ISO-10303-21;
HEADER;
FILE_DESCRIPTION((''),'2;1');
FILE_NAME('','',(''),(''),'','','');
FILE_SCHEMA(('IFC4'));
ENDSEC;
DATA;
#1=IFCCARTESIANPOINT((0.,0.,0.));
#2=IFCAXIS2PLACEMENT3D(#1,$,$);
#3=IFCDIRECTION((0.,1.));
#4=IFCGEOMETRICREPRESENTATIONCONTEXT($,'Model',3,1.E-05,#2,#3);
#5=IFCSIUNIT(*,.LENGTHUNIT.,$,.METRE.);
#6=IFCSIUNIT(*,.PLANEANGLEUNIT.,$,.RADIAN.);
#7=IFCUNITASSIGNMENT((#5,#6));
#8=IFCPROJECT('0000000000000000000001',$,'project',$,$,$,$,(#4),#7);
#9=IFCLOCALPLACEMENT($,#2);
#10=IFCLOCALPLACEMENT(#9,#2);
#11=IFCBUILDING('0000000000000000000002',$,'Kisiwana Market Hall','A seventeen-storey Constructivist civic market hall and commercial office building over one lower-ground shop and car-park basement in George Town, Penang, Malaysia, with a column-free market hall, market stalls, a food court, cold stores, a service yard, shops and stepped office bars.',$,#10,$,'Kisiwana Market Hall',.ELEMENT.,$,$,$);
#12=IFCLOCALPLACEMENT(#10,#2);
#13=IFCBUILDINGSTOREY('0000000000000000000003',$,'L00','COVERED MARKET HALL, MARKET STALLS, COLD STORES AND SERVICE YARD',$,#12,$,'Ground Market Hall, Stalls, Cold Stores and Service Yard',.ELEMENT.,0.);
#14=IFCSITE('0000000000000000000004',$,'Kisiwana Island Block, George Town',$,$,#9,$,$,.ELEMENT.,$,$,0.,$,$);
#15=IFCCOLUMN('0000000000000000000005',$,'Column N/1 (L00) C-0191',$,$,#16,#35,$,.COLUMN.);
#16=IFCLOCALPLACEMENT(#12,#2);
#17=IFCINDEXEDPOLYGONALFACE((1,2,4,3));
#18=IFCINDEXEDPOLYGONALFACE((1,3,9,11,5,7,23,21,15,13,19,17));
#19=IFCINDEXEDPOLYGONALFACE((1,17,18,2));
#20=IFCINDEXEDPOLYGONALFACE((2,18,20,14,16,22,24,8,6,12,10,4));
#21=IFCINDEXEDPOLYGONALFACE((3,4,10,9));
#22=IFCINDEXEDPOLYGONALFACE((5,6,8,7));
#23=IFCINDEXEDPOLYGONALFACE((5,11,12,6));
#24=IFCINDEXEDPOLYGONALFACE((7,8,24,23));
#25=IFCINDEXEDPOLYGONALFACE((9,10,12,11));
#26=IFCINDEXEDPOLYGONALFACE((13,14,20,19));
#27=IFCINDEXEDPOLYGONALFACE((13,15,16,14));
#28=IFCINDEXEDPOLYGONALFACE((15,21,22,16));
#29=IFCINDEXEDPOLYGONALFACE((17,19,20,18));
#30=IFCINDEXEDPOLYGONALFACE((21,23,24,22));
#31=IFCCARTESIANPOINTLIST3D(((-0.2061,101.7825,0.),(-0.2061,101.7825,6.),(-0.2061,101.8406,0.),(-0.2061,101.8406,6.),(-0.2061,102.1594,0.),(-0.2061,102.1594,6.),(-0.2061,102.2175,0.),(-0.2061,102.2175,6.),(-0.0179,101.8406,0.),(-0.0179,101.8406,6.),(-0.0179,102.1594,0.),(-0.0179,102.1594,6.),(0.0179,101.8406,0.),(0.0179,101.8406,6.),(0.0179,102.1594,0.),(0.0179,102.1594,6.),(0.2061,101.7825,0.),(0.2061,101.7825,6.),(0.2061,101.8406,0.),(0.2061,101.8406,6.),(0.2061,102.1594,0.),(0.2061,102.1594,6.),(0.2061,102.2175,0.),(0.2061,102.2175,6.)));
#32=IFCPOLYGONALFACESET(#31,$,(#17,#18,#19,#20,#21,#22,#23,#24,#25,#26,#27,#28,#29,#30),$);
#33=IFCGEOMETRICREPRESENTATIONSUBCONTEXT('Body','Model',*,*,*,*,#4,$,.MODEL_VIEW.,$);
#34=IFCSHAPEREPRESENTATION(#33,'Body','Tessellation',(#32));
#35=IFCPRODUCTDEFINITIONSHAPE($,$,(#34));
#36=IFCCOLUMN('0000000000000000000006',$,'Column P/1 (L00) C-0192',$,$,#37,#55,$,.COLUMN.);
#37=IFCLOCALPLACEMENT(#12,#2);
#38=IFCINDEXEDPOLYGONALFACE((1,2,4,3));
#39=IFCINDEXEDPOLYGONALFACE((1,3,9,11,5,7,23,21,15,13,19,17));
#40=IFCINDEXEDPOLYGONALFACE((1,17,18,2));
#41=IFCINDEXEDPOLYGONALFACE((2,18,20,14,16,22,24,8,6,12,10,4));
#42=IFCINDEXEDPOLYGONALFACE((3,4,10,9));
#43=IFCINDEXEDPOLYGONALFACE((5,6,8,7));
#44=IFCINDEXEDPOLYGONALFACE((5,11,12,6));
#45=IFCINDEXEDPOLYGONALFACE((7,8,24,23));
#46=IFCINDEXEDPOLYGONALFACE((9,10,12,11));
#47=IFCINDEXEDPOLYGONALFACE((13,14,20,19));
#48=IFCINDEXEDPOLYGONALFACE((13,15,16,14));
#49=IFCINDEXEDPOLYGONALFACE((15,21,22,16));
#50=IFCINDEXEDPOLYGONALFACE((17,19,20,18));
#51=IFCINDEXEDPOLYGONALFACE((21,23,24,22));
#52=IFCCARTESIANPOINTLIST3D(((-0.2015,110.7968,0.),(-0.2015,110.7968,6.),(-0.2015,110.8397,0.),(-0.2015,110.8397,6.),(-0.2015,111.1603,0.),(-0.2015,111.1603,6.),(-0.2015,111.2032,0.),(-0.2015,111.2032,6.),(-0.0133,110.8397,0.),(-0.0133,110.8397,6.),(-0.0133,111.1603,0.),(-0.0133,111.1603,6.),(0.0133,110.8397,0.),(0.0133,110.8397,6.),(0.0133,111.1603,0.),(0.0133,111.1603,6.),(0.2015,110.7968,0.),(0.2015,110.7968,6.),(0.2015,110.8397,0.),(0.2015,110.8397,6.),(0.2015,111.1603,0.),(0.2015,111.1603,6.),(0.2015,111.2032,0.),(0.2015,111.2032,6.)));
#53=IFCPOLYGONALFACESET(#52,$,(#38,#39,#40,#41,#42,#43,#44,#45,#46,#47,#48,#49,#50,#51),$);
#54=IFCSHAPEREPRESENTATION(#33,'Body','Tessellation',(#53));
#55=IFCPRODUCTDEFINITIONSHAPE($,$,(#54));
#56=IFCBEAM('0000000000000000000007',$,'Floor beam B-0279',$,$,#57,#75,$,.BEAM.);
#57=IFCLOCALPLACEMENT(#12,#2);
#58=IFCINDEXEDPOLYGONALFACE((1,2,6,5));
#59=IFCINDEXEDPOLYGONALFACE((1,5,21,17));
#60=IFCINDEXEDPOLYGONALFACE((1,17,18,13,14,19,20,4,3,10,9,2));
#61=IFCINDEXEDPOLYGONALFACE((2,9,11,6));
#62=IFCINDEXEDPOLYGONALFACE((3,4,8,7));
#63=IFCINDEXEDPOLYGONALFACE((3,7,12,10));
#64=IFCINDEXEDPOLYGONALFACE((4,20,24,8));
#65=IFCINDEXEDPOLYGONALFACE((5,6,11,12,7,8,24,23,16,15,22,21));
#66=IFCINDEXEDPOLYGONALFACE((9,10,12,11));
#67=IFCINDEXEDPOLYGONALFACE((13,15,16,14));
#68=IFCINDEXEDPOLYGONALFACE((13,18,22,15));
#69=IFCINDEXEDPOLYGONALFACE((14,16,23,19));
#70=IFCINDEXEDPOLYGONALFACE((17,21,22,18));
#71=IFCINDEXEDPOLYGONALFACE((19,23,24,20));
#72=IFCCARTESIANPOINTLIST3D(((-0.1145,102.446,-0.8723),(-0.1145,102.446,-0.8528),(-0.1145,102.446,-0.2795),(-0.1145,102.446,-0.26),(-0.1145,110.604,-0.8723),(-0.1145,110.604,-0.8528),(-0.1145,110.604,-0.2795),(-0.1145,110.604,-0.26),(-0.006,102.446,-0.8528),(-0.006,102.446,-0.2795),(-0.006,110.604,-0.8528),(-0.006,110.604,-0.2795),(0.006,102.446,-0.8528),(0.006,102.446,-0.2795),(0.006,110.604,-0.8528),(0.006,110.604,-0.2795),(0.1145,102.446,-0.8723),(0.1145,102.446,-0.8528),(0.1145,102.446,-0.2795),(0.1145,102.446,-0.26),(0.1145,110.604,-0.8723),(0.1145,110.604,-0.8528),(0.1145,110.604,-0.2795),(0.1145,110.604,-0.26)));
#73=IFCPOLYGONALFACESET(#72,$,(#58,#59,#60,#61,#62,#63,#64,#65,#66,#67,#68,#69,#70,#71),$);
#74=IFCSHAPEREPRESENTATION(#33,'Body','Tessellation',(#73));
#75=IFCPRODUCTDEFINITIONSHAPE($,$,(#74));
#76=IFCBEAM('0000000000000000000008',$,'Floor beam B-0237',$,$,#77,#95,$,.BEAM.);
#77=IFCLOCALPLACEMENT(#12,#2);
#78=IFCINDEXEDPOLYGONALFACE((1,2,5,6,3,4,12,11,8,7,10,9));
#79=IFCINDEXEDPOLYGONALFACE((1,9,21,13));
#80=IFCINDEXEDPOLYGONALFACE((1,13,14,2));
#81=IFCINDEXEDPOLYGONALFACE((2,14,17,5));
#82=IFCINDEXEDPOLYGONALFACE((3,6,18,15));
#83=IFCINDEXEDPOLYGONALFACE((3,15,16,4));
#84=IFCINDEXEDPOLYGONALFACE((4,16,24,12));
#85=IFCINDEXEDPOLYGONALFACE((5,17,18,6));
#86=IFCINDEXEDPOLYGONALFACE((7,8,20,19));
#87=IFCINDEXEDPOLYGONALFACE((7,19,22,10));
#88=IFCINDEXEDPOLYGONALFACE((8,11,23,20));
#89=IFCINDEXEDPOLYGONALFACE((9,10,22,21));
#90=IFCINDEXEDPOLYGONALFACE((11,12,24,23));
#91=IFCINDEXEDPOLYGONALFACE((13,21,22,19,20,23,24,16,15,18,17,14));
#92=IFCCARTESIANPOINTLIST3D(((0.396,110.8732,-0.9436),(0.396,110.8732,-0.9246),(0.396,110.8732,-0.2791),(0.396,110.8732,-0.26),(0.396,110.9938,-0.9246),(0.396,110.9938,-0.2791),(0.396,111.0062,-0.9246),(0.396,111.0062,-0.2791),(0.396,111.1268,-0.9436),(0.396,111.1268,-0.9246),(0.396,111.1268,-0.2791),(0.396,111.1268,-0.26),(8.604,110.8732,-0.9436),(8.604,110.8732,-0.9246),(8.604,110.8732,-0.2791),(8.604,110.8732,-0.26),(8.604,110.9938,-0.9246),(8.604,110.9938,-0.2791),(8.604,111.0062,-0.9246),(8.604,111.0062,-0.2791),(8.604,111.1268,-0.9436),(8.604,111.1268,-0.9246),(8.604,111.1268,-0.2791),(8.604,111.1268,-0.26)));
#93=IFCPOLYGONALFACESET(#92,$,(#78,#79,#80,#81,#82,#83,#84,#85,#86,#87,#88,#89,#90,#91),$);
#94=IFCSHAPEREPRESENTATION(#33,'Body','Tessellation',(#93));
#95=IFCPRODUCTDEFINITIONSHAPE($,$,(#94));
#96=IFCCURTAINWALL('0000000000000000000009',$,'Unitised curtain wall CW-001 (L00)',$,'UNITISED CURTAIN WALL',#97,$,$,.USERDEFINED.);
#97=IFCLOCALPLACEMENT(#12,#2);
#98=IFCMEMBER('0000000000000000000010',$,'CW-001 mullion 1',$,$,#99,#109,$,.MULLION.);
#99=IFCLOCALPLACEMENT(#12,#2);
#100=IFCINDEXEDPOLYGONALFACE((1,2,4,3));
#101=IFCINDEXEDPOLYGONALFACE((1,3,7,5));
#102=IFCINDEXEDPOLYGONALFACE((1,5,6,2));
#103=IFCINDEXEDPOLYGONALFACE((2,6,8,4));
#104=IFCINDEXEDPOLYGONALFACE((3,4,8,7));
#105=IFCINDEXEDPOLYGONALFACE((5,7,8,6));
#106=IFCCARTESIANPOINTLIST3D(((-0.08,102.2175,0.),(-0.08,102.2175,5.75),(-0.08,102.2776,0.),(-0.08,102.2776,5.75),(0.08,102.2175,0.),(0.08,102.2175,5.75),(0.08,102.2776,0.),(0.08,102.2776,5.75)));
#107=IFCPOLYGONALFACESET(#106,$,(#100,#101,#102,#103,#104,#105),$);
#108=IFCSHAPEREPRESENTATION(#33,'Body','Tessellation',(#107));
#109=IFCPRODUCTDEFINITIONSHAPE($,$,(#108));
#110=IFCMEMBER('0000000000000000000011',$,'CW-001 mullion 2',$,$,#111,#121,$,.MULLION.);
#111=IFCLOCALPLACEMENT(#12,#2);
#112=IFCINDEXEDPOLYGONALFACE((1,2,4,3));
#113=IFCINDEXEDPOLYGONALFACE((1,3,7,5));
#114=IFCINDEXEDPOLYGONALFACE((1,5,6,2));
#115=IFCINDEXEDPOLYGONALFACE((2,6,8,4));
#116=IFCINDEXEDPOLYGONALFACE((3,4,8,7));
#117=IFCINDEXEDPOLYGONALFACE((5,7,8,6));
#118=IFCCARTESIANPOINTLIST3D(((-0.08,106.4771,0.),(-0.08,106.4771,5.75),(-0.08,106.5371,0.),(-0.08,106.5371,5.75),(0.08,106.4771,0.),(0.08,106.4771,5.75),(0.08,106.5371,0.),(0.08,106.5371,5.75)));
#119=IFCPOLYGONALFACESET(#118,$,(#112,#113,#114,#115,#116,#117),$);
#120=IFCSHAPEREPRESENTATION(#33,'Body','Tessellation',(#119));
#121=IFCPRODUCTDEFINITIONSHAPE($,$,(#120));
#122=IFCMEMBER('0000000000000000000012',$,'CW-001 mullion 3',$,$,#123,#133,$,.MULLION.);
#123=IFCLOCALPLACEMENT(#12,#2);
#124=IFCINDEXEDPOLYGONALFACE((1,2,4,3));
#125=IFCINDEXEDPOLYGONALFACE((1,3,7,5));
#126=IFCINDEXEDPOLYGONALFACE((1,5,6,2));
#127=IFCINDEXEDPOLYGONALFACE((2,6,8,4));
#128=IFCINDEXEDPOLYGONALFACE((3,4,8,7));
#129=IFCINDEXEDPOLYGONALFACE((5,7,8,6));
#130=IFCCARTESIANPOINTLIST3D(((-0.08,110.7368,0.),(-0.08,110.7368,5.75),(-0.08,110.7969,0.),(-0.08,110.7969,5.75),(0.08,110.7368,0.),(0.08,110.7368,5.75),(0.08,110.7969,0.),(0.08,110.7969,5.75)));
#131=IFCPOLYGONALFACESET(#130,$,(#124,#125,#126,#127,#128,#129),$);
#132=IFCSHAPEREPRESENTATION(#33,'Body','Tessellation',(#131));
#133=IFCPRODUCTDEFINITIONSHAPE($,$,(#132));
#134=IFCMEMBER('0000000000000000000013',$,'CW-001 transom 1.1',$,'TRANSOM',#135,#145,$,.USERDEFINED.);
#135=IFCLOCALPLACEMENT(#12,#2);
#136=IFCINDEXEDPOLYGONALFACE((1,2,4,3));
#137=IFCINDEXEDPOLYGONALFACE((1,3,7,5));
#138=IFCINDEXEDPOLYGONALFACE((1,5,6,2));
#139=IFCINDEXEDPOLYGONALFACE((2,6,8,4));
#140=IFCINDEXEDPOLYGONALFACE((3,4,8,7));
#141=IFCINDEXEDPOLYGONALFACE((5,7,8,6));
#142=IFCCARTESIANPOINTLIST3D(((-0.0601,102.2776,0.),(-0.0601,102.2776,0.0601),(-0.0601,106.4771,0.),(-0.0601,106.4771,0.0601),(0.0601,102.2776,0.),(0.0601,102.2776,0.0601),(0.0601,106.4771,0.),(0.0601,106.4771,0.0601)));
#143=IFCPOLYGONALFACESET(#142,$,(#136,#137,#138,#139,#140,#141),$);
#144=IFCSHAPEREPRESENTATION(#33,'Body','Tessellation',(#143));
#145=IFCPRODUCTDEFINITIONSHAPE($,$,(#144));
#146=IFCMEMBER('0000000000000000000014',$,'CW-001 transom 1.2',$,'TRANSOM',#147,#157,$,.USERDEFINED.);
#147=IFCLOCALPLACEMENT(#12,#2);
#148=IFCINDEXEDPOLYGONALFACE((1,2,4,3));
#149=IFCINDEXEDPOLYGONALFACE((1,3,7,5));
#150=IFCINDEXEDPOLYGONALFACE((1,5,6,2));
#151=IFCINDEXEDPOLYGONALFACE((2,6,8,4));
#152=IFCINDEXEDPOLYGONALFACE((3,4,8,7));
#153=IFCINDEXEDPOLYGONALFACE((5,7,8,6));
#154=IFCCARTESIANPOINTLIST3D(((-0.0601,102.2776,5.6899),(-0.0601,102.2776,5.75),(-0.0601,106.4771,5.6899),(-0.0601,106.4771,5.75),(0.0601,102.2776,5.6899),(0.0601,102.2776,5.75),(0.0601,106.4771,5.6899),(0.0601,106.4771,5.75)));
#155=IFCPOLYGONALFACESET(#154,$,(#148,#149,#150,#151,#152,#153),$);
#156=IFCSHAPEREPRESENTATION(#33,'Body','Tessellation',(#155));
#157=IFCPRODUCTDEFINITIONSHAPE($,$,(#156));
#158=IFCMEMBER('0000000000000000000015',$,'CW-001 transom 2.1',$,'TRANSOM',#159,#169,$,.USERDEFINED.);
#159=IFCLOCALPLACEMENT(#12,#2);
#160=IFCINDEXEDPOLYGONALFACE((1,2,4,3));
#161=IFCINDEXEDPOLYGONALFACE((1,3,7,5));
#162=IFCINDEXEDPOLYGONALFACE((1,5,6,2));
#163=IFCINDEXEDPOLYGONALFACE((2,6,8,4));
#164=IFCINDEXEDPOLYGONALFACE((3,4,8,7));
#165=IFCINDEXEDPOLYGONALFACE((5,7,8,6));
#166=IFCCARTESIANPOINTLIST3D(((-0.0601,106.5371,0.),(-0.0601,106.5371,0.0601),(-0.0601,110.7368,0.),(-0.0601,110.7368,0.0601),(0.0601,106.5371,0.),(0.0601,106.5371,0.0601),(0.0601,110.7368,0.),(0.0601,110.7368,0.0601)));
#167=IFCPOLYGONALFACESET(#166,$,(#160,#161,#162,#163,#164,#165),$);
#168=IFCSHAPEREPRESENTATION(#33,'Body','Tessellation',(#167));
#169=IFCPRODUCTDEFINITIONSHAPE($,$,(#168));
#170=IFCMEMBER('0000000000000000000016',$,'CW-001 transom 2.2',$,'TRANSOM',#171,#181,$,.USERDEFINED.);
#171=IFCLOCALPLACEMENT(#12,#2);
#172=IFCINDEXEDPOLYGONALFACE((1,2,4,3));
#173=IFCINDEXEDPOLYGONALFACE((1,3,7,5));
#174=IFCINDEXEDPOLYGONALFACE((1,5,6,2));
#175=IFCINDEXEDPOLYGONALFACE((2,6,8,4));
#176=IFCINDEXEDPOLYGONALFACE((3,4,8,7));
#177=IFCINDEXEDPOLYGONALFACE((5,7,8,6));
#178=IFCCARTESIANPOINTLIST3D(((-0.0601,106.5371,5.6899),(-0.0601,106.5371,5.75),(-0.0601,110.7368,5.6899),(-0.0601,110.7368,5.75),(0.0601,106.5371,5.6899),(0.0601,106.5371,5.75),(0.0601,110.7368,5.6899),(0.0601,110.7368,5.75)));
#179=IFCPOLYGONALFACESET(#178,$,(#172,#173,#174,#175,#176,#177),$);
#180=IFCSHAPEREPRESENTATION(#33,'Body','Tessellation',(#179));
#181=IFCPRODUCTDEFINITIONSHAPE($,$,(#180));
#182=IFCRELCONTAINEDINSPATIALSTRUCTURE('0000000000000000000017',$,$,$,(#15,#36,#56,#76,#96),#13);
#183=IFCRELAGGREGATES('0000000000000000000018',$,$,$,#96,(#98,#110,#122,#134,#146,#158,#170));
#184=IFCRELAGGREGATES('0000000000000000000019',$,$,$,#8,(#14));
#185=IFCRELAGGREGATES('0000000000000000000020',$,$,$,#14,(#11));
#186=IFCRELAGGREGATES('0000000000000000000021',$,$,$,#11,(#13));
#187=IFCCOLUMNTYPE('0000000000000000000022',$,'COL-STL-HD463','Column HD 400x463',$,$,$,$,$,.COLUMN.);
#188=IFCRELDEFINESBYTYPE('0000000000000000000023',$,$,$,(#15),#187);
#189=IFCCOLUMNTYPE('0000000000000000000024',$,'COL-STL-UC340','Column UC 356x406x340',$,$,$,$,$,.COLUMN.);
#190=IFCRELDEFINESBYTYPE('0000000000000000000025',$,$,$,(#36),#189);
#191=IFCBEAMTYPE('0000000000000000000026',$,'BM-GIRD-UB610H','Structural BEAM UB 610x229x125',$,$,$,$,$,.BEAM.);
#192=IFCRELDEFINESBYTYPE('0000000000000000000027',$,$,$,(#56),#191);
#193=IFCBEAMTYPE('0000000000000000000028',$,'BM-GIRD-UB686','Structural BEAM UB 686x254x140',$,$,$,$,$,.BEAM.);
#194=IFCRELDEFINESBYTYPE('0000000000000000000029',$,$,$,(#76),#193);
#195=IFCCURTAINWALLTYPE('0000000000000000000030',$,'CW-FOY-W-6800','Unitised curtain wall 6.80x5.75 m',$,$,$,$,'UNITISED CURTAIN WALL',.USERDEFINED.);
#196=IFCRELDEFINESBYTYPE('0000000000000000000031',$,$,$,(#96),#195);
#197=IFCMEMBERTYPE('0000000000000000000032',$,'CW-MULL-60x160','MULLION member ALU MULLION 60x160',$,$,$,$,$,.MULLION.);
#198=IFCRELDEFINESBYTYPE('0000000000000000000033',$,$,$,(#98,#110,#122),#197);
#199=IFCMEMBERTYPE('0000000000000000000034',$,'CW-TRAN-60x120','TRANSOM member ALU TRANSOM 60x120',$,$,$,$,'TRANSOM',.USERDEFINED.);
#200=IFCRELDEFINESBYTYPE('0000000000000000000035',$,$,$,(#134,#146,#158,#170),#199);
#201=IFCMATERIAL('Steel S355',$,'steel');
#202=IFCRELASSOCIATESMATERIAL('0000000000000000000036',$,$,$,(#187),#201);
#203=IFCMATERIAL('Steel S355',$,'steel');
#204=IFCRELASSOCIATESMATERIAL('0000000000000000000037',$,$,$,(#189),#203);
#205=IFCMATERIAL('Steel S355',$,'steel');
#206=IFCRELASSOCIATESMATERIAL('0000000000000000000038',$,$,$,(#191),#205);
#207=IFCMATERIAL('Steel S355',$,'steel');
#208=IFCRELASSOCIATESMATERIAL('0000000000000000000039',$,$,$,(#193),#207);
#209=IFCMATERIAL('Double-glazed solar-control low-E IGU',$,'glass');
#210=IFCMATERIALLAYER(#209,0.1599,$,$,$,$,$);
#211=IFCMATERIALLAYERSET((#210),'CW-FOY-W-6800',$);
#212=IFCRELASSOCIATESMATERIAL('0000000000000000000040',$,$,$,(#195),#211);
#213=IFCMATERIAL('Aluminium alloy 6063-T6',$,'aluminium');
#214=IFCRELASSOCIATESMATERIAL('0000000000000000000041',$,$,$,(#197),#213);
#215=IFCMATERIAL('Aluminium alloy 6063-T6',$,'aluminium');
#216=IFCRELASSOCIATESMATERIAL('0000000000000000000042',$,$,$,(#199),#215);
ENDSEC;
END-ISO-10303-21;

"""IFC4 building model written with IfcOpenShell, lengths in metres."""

from ifc_helpers import new_model, si_unit, direction, frame, origin, origin_2d, place, context, subcontext, project, spatial, rectangle, i_section, extrude, material, layer, layer_set, material_profile, profile_set, type_object, element, aggregate, save


model = new_model("IFC4")

# Units and contexts
model_context = context("Model", 3, precision=1e-05, world=origin(), true_north=direction((0.0, 1.0)))
body_context = subcontext(model_context, "Body", "Model", "MODEL_VIEW")
ifc_project = project(units=[si_unit("LENGTHUNIT", "METRE"), si_unit("PLANEANGLEUNIT", "RADIAN")], contexts=[model_context])

# Site, building, storey
site_placement = place(None, origin())
site = spatial("IfcSite", under=ifc_project, at=site_placement, Name="Kisiwana Island Block, George Town", CompositionType="ELEMENT", RefElevation=0.0)
building_placement = place(site_placement, origin())
building = spatial("IfcBuilding", under=site, at=building_placement, Name="Kisiwana Market Hall", Description="A seventeen-storey Constructivist civic market hall and commercial office building over one lower-ground shop and car-park basement in George Town, Penang, Malaysia, with a column-free market hall, market stalls, a food court, cold stores, a service yard, shops and stepped office bars.", LongName="Kisiwana Market Hall", CompositionType="ELEMENT")
storey_placement = place(building_placement, origin())
storey = spatial("IfcBuildingStorey", under=building, at=storey_placement, Name="L00", Description="COVERED MARKET HALL, MARKET STALLS, COLD STORES AND SERVICE YARD", LongName="Ground Market Hall, Stalls, Cold Stores and Service Yard", CompositionType="ELEMENT", Elevation=0.0)

# Columns
ifc_material_1 = material(Name="Steel S355", Category="steel")
ifc_material_profile_1 = material_profile(ifc_material_1, i_section(OverallWidth=0.4121, OverallDepth=0.4351, WebThickness=0.0359, FlangeThickness=0.0581, at=origin_2d()), Name="HD 400x463")
ifc_profile_set_1 = profile_set([ifc_material_profile_1], Name="Steel S355")
column_type_1 = type_object("IfcColumnType", Name="COL-STL-HD463", Description="Column HD 400x463", PredefinedType="COLUMN", material=ifc_profile_set_1)
column_1_placement = place(storey_placement, frame((0.0, 102.0, 0.0), z_axis=(0.0, 0.0, 1.0), x_axis=(1.0, 0.0, 0.0)))
element("IfcColumn", 1, at=column_1_placement, inside=storey, type_object=column_type_1, Name="Column N/1 (L00) C-0191", PredefinedType="COLUMN", context=body_context, shape_type="SweptSolid", body=[
    extrude(i_section(OverallWidth=0.4121, OverallDepth=0.4351, WebThickness=0.0359, FlangeThickness=0.0581, at=origin_2d()), origin(), (0.0, 0.0, 1.0), 6.0),
])
ifc_material_2 = material(Name="Steel S355", Category="steel")
ifc_material_profile_2 = material_profile(ifc_material_2, i_section(OverallWidth=0.4031, OverallDepth=0.4065, WebThickness=0.0266, FlangeThickness=0.043, at=origin_2d()), Name="UC 356x406x340")
ifc_profile_set_2 = profile_set([ifc_material_profile_2], Name="Steel S355")
column_type_2 = type_object("IfcColumnType", Name="COL-STL-UC340", Description="Column UC 356x406x340", PredefinedType="COLUMN", material=ifc_profile_set_2)
column_2_placement = place(storey_placement, frame((0.0, 111.0, 0.0), z_axis=(0.0, 0.0, 1.0), x_axis=(1.0, 0.0, 0.0)))
element("IfcColumn", 2, at=column_2_placement, inside=storey, type_object=column_type_2, Name="Column P/1 (L00) C-0192", PredefinedType="COLUMN", context=body_context, shape_type="SweptSolid", body=[
    extrude(i_section(OverallWidth=0.4031, OverallDepth=0.4065, WebThickness=0.0266, FlangeThickness=0.043, at=origin_2d()), origin(), (0.0, 0.0, 1.0), 6.0),
])

# Beams
ifc_material_3 = material(Name="Steel S355", Category="steel")
ifc_material_profile_3 = material_profile(ifc_material_3, i_section(OverallWidth=0.229, OverallDepth=0.6123, WebThickness=0.012, FlangeThickness=0.0195, at=origin_2d()), Name="UB 610x229x125")
ifc_profile_set_3 = profile_set([ifc_material_profile_3], Name="Steel S355")
beam_type_1 = type_object("IfcBeamType", Name="BM-GIRD-UB610H", Description="Structural BEAM UB 610x229x125", PredefinedType="BEAM", material=ifc_profile_set_3)
beam_1_placement = place(storey_placement, frame((0.0, 102.446, -0.5662), z_axis=(0.0, 1.0, 0.0), x_axis=(-1.0, 0.0, 0.0)))
element("IfcBeam", 3, at=beam_1_placement, inside=storey, type_object=beam_type_1, Name="Floor beam B-0279", PredefinedType="BEAM", context=body_context, shape_type="SweptSolid", body=[
    extrude(i_section(OverallWidth=0.229, OverallDepth=0.6123, WebThickness=0.012, FlangeThickness=0.0195, at=origin_2d()), origin(), (0.0, 0.0, 1.0), 8.158),
])
ifc_material_4 = material(Name="Steel S355", Category="steel")
ifc_material_profile_4 = material_profile(ifc_material_4, i_section(OverallWidth=0.2537, OverallDepth=0.6836, WebThickness=0.0125, FlangeThickness=0.019, at=origin_2d()), Name="UB 686x254x140")
ifc_profile_set_4 = profile_set([ifc_material_profile_4], Name="Steel S355")
beam_type_2 = type_object("IfcBeamType", Name="BM-GIRD-UB686", Description="Structural BEAM UB 686x254x140", PredefinedType="BEAM", material=ifc_profile_set_4)
beam_2_placement = place(storey_placement, frame((0.396, 111.0, -0.6018), z_axis=(1.0, 0.0, 0.0), x_axis=(0.0, 1.0, 0.0)))
element("IfcBeam", 4, at=beam_2_placement, inside=storey, type_object=beam_type_2, Name="Floor beam B-0237", PredefinedType="BEAM", context=body_context, shape_type="SweptSolid", body=[
    extrude(i_section(OverallWidth=0.2537, OverallDepth=0.6836, WebThickness=0.0125, FlangeThickness=0.019, at=origin_2d()), origin(), (0.0, 0.0, 1.0), 8.208),
])

# Curtain wall, members
ifc_material_5 = material(Name="Double-glazed solar-control low-E IGU", Category="glass")
ifc_layer_1 = layer(ifc_material_5, 0.1599)
ifc_layer_set_1 = layer_set([ifc_layer_1], Name="CW-FOY-W-6800")
curtain_wall_type = type_object("IfcCurtainWallType", Name="CW-FOY-W-6800", Description="Unitised curtain wall 6.80x5.75 m", ElementType="UNITISED CURTAIN WALL", PredefinedType="USERDEFINED", material=ifc_layer_set_1)
curtain_wall_placement = place(storey_placement, origin())
curtain_wall = element("IfcCurtainWall", 5, at=curtain_wall_placement, inside=storey, type_object=curtain_wall_type, Name="Unitised curtain wall CW-001 (L00)", ObjectType="UNITISED CURTAIN WALL", PredefinedType="USERDEFINED")
ifc_material_6 = material(Name="Aluminium alloy 6063-T6", Category="aluminium")
ifc_material_profile_5 = material_profile(ifc_material_6, rectangle(XDim=0.0601, YDim=0.1599, at=origin_2d()), Name="ALU MULLION 60x160")
ifc_profile_set_5 = profile_set([ifc_material_profile_5], Name="Aluminium alloy 6063-T6")
member_type_1 = type_object("IfcMemberType", Name="CW-MULL-60x160", Description="MULLION member ALU MULLION 60x160", PredefinedType="MULLION", material=ifc_profile_set_5)
member_1_placement = place(storey_placement, frame((0.0, 102.2476, 0.0), z_axis=(0.0, 0.0, 1.0), x_axis=(0.0, 1.0, 0.0)))
member_1 = element("IfcMember", 6, at=member_1_placement, type_object=member_type_1, Name="CW-001 mullion 1", PredefinedType="MULLION", context=body_context, shape_type="SweptSolid", body=[
    extrude(rectangle(XDim=0.0601, YDim=0.1599, at=origin_2d()), origin(), (0.0, 0.0, 1.0), 5.75),
])
member_2_placement = place(storey_placement, frame((0.0, 106.5071, 0.0), z_axis=(0.0, 0.0, 1.0), x_axis=(0.0, 1.0, 0.0)))
member_2 = element("IfcMember", 7, at=member_2_placement, type_object=member_type_1, Name="CW-001 mullion 2", PredefinedType="MULLION", context=body_context, shape_type="SweptSolid", body=[
    extrude(rectangle(XDim=0.0601, YDim=0.1599, at=origin_2d()), origin(), (0.0, 0.0, 1.0), 5.75),
])
member_3_placement = place(storey_placement, frame((0.0, 110.7668, 0.0), z_axis=(0.0, 0.0, 1.0), x_axis=(0.0, 1.0, 0.0)))
member_3 = element("IfcMember", 8, at=member_3_placement, type_object=member_type_1, Name="CW-001 mullion 3", PredefinedType="MULLION", context=body_context, shape_type="SweptSolid", body=[
    extrude(rectangle(XDim=0.0601, YDim=0.1599, at=origin_2d()), origin(), (0.0, 0.0, 1.0), 5.75),
])
ifc_material_7 = material(Name="Aluminium alloy 6063-T6", Category="aluminium")
ifc_material_profile_6 = material_profile(ifc_material_7, rectangle(XDim=0.1201, YDim=0.0601, at=origin_2d()), Name="ALU TRANSOM 60x120")
ifc_profile_set_6 = profile_set([ifc_material_profile_6], Name="Aluminium alloy 6063-T6")
member_type_2 = type_object("IfcMemberType", Name="CW-TRAN-60x120", Description="TRANSOM member ALU TRANSOM 60x120", ElementType="TRANSOM", PredefinedType="USERDEFINED", material=ifc_profile_set_6)
member_4_placement = place(storey_placement, frame((0.0, 102.2776, 0.03), z_axis=(0.0, 1.0, 0.0), x_axis=(-1.0, 0.0, 0.0)))
member_4 = element("IfcMember", 9, at=member_4_placement, type_object=member_type_2, Name="CW-001 transom 1.1", ObjectType="TRANSOM", PredefinedType="USERDEFINED", context=body_context, shape_type="SweptSolid", body=[
    extrude(rectangle(XDim=0.1201, YDim=0.0601, at=origin_2d()), origin(), (0.0, 0.0, 1.0), 4.1995),
])
member_5_placement = place(storey_placement, frame((0.0, 102.2776, 5.72), z_axis=(0.0, 1.0, 0.0), x_axis=(-1.0, 0.0, 0.0)))
member_5 = element("IfcMember", 10, at=member_5_placement, type_object=member_type_2, Name="CW-001 transom 1.2", ObjectType="TRANSOM", PredefinedType="USERDEFINED", context=body_context, shape_type="SweptSolid", body=[
    extrude(rectangle(XDim=0.1201, YDim=0.0601, at=origin_2d()), origin(), (0.0, 0.0, 1.0), 4.1995),
])
member_6_placement = place(storey_placement, frame((0.0, 106.5371, 0.03), z_axis=(0.0, 1.0, 0.0), x_axis=(-1.0, 0.0, 0.0)))
member_6 = element("IfcMember", 11, at=member_6_placement, type_object=member_type_2, Name="CW-001 transom 2.1", ObjectType="TRANSOM", PredefinedType="USERDEFINED", context=body_context, shape_type="SweptSolid", body=[
    extrude(rectangle(XDim=0.1201, YDim=0.0601, at=origin_2d()), origin(), (0.0, 0.0, 1.0), 4.1997),
])
member_7_placement = place(storey_placement, frame((0.0, 106.5371, 5.72), z_axis=(0.0, 1.0, 0.0), x_axis=(-1.0, 0.0, 0.0)))
member_7 = element("IfcMember", 12, at=member_7_placement, type_object=member_type_2, Name="CW-001 transom 2.2", ObjectType="TRANSOM", PredefinedType="USERDEFINED", context=body_context, shape_type="SweptSolid", body=[
    extrude(rectangle(XDim=0.1201, YDim=0.0601, at=origin_2d()), origin(), (0.0, 0.0, 1.0), 4.1997),
])
aggregate(curtain_wall, [member_1, member_2, member_3, member_4, member_5, member_6, member_7])

save(model, "model.ifc")
